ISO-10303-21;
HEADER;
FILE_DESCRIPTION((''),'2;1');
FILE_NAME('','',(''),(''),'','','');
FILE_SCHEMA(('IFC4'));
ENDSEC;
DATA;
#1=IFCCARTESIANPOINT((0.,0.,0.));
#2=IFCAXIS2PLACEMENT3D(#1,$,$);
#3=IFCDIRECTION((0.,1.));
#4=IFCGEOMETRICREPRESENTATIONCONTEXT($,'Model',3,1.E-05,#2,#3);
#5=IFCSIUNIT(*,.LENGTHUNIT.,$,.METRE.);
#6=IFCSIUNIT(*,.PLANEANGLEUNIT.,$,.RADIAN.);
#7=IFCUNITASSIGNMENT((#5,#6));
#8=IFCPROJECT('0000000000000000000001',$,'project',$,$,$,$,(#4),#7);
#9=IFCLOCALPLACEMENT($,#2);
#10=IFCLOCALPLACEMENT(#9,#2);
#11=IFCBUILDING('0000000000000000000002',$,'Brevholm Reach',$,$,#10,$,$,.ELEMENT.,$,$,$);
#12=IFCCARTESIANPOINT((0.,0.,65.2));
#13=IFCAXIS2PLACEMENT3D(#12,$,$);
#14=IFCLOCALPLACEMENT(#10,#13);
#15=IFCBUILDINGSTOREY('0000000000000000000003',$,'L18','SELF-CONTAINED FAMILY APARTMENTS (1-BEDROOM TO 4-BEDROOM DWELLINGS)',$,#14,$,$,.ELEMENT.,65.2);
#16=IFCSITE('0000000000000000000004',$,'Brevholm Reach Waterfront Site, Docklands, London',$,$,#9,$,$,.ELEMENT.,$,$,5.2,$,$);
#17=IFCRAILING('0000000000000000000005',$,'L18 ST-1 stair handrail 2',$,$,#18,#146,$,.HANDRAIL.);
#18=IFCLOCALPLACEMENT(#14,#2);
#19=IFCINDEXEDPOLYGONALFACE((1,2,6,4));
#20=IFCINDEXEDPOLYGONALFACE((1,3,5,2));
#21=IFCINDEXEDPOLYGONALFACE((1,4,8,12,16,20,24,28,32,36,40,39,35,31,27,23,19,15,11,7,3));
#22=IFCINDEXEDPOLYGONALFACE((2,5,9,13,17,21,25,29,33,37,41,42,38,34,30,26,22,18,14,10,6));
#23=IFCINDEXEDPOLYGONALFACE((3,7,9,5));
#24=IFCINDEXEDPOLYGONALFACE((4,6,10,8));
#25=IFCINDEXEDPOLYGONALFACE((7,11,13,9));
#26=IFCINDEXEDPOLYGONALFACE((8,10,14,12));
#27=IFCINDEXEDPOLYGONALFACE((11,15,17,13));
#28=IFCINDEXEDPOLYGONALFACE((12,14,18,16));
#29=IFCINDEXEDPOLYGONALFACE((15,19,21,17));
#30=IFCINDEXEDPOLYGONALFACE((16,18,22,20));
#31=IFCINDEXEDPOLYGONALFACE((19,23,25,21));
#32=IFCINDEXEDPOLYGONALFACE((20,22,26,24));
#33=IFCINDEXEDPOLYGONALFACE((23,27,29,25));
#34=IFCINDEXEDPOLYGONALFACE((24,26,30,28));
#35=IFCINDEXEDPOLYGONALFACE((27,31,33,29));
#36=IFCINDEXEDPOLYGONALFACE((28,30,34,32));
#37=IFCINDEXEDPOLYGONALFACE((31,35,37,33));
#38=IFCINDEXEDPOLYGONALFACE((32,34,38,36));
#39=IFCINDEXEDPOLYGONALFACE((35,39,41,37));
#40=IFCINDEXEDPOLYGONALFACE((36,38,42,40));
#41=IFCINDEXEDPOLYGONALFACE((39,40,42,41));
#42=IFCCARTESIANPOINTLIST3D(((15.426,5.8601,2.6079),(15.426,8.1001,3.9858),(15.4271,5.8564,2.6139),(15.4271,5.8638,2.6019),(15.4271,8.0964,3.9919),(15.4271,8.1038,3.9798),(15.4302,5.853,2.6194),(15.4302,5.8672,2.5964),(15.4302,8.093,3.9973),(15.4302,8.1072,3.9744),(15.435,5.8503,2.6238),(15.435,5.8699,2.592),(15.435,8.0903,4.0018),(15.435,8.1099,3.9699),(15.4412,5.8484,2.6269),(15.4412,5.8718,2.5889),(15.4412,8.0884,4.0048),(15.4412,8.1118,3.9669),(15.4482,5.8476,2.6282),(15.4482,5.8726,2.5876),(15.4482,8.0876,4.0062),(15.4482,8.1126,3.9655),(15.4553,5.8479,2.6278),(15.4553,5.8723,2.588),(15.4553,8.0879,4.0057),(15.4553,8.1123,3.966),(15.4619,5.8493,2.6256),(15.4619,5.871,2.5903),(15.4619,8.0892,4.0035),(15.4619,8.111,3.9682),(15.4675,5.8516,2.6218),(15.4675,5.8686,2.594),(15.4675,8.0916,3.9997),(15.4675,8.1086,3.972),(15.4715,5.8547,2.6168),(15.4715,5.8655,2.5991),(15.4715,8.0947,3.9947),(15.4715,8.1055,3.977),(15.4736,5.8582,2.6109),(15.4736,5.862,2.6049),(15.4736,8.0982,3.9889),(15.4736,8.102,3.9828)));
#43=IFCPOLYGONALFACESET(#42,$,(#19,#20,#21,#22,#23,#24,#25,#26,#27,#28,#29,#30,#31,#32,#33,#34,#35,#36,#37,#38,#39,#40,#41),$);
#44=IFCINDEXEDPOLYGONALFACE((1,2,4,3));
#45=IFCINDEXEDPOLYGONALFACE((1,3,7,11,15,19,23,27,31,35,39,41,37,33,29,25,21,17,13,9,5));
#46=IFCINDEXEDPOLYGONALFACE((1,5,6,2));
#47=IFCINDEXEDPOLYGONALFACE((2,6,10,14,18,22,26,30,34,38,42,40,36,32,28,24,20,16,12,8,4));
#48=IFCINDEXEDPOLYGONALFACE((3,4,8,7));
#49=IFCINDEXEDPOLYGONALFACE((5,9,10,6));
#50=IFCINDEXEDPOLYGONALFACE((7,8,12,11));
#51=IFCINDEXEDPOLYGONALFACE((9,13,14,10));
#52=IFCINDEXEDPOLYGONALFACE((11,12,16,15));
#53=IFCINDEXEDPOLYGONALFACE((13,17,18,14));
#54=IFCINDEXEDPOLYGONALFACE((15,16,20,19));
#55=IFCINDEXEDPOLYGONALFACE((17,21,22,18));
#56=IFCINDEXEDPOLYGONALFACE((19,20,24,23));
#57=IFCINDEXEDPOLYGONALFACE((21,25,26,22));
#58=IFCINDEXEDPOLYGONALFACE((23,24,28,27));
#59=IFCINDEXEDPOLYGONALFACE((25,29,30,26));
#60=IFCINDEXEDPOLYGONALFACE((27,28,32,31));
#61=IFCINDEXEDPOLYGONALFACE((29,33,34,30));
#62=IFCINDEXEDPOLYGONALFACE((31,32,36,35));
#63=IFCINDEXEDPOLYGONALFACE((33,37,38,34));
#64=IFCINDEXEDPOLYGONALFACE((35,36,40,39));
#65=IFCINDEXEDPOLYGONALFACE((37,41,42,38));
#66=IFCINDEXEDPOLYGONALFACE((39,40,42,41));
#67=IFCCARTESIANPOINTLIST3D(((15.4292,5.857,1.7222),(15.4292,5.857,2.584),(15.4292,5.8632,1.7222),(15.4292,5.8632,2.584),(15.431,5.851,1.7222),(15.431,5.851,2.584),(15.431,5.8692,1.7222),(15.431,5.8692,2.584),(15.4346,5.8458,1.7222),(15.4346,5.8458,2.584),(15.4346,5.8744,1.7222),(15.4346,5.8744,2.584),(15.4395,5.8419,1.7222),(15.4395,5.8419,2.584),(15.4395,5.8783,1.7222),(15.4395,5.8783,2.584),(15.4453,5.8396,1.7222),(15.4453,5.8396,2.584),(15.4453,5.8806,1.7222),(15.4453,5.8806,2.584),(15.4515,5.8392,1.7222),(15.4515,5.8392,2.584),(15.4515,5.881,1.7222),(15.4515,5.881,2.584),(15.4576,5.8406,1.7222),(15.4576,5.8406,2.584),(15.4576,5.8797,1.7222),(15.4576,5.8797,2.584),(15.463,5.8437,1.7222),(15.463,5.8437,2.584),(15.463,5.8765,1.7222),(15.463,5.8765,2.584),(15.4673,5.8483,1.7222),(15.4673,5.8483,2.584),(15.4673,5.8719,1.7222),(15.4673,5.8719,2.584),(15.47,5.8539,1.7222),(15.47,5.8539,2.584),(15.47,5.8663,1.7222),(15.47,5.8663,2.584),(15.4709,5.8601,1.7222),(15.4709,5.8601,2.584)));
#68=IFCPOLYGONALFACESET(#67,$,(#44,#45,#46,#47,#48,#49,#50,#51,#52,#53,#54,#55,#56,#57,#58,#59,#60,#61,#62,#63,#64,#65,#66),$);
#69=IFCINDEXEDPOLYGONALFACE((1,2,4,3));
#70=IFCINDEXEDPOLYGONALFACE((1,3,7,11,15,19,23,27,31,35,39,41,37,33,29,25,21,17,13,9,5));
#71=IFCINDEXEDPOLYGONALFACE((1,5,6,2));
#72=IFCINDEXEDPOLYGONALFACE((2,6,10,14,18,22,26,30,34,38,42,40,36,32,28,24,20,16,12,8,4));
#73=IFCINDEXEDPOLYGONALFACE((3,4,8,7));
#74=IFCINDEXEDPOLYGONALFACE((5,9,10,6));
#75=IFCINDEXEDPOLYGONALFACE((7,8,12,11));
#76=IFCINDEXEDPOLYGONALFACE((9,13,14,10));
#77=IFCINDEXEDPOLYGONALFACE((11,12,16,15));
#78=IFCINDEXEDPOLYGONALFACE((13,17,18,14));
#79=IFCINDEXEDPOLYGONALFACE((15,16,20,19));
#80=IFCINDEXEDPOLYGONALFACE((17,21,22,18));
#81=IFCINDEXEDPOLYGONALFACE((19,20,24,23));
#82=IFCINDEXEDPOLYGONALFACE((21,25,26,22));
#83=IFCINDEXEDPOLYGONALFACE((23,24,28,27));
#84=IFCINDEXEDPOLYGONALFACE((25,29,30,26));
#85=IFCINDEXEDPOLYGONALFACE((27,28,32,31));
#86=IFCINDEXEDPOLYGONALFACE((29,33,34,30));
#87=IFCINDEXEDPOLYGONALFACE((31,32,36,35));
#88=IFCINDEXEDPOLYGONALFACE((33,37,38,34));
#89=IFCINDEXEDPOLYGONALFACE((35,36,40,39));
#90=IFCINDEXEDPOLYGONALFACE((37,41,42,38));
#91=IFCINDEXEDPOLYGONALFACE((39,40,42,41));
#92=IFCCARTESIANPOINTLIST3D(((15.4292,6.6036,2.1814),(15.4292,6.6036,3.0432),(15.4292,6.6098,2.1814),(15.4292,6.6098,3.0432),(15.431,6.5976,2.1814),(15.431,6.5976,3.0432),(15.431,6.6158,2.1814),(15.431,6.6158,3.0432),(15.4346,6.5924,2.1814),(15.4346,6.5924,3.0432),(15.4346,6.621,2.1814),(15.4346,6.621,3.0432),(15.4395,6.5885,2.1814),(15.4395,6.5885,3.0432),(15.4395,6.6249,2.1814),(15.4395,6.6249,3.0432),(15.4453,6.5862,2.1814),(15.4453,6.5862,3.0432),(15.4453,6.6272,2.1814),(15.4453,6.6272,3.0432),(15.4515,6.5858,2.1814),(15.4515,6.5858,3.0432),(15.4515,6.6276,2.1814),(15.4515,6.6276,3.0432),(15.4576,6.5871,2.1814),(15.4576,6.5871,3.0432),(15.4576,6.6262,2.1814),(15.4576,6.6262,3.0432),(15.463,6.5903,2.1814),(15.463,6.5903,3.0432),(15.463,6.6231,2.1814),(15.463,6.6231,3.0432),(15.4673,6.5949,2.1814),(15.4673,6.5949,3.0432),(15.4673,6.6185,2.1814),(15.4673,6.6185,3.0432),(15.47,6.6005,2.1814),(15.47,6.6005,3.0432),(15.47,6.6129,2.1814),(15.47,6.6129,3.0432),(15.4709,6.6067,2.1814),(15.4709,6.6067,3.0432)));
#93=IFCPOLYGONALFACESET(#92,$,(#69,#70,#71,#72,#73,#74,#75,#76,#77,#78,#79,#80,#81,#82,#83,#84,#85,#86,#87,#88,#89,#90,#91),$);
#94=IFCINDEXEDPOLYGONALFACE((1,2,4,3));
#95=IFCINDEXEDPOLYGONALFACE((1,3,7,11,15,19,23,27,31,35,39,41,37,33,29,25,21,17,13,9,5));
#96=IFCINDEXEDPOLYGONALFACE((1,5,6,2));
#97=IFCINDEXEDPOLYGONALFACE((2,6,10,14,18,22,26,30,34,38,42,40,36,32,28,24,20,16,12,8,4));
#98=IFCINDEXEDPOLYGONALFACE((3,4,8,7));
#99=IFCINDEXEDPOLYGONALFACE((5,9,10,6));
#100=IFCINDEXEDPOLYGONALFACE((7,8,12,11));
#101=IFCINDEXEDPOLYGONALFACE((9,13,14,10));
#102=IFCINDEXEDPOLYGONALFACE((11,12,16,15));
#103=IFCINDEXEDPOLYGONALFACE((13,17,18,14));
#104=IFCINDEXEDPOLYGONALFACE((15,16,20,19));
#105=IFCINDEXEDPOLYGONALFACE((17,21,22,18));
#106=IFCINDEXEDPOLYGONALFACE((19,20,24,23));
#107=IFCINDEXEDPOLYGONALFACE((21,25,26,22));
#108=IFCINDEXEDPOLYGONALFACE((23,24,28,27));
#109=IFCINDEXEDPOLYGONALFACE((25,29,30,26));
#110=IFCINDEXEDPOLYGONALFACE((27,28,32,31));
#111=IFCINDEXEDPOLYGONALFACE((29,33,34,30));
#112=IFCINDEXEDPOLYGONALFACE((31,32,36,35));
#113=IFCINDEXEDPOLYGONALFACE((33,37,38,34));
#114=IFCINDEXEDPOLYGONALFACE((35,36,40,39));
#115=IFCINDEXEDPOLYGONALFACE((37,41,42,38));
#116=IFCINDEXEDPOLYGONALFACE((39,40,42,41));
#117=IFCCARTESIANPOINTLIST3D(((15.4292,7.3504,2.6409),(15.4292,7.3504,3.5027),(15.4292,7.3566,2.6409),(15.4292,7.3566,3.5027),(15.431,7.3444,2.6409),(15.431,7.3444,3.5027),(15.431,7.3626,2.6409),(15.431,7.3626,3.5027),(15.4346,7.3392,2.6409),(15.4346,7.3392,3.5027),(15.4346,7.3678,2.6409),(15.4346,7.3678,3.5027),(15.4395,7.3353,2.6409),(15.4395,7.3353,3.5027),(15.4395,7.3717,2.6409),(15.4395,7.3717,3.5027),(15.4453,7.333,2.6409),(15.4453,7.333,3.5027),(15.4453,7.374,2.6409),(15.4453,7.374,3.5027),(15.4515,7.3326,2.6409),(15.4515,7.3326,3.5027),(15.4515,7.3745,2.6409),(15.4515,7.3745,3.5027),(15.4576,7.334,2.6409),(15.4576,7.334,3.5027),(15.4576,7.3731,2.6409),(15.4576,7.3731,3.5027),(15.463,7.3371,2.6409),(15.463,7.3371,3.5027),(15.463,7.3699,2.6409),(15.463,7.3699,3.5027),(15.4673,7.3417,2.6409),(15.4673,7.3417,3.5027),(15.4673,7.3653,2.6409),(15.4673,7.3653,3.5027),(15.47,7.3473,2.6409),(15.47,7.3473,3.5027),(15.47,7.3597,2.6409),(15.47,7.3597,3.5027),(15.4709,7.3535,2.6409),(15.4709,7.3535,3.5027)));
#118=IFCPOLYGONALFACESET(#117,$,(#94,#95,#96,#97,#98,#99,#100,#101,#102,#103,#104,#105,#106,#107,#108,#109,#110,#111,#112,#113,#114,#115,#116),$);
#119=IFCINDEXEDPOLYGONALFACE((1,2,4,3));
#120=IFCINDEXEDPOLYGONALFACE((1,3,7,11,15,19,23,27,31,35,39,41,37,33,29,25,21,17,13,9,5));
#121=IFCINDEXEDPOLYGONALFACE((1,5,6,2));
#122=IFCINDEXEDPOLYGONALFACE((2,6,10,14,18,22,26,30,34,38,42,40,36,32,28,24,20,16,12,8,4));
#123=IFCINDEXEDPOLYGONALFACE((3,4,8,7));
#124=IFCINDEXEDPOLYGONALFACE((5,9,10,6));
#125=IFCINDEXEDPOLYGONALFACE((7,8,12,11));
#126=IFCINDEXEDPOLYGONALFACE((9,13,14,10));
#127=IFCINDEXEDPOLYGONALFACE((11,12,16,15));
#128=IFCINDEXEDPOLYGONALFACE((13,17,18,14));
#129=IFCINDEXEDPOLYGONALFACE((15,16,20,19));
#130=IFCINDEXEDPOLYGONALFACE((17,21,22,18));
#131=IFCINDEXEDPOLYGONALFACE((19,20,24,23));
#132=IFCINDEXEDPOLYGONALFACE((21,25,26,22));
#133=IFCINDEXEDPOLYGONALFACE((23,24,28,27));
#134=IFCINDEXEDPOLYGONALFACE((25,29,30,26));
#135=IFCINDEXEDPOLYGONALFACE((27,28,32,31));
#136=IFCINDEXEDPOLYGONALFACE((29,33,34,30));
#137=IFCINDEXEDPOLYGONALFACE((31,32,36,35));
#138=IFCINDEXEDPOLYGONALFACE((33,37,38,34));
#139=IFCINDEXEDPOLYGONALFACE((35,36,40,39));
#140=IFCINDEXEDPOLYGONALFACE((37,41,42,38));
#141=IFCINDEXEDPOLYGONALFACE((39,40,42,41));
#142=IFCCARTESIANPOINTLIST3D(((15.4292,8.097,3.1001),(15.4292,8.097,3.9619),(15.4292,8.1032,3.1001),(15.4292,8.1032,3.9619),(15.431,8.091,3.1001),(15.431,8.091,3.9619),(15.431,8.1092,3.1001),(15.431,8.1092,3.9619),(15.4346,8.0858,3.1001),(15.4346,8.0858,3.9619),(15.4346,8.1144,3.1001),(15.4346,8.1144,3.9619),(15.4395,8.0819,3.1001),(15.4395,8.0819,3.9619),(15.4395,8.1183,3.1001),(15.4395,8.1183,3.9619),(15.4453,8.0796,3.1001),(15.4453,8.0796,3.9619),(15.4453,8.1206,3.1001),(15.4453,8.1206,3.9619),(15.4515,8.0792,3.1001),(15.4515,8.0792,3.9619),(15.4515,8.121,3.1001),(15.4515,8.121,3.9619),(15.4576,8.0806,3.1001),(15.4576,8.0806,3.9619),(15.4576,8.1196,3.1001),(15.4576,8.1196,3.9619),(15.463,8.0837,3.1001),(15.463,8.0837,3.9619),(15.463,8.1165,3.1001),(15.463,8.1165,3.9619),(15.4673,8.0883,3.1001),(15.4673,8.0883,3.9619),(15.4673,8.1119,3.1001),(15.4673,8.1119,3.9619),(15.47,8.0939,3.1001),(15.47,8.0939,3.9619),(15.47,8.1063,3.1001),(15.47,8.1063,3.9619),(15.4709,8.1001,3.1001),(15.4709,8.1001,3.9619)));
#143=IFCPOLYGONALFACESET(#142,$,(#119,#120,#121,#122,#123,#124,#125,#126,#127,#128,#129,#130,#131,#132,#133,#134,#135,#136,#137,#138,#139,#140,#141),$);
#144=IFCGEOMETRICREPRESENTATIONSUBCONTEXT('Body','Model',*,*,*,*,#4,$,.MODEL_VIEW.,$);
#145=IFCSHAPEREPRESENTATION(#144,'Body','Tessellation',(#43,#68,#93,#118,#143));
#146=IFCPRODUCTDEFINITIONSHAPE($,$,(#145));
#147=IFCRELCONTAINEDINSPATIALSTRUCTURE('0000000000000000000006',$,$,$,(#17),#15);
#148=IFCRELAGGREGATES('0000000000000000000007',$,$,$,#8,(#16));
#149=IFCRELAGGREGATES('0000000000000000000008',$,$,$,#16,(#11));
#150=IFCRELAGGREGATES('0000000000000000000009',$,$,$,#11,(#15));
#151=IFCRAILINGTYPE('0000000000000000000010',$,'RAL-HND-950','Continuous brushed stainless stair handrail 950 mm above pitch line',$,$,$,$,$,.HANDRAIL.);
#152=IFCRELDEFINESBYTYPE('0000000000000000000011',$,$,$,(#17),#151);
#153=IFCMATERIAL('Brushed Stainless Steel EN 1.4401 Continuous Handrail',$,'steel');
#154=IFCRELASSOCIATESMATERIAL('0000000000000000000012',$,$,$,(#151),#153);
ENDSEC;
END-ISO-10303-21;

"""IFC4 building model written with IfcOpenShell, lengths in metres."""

from ifc_helpers import new_model, si_unit, direction, frame, origin, origin_2d, place, context, subcontext, project, spatial, circle, extrude, material, type_object, element, save


model = new_model("IFC4")

# Units and contexts
model_context = context("Model", 3, precision=1e-05, world=origin(), true_north=direction((0.0, 1.0)))
body_context = subcontext(model_context, "Body", "Model", "MODEL_VIEW")
ifc_project = project(units=[si_unit("LENGTHUNIT", "METRE"), si_unit("PLANEANGLEUNIT", "RADIAN")], contexts=[model_context])

# Site, building, storey
site_placement = place(None, origin())
site = spatial("IfcSite", under=ifc_project, at=site_placement, Name="Brevholm Reach Waterfront Site, Docklands, London", CompositionType="ELEMENT", RefElevation=5.2)
building_placement = place(site_placement, origin())
building = spatial("IfcBuilding", under=site, at=building_placement, Name="Brevholm Reach", CompositionType="ELEMENT")
storey_placement = place(building_placement, frame((0.0, 0.0, 65.2)))
storey = spatial("IfcBuildingStorey", under=building, at=storey_placement, Name="L18", Description="SELF-CONTAINED FAMILY APARTMENTS (1-BEDROOM TO 4-BEDROOM DWELLINGS)", CompositionType="ELEMENT", Elevation=65.2)

# Railing
ifc_material_1 = material(Name="Brushed Stainless Steel EN 1.4401 Continuous Handrail", Category="steel")
railing_type_1 = type_object("IfcRailingType", Name="RAL-HND-950", Description="Continuous brushed stainless stair handrail 950 mm above pitch line", PredefinedType="HANDRAIL", material=ifc_material_1)
railing_1_placement = place(storey_placement, frame((15.45, 5.8601, 1.7222)))
element("IfcRailing", 1, at=railing_1_placement, inside=storey, type_object=railing_type_1, Name="L18 ST-1 stair handrail 2", PredefinedType="HANDRAIL", context=body_context, shape_type="SweptSolid", body=[
    extrude(circle(Radius=0.0239, at=origin_2d()), frame((0.0, 0.0, 0.8857), z_axis=(0.0, 0.851748, 0.523952), x_axis=(-1.0, 0.0, 0.0)), (0.0, 0.0, 1.0), 2.6299),
    extrude(circle(Radius=0.021, at=origin_2d()), origin(), (0.0, 0.0, 1.0), 0.8618),
    extrude(circle(Radius=0.021, at=origin_2d()), frame((0.0, 0.7466, 0.4592)), (0.0, 0.0, 1.0), 0.8618),
    extrude(circle(Radius=0.021, at=origin_2d()), frame((0.0, 1.4934, 0.9187)), (0.0, 0.0, 1.0), 0.8618),
    extrude(circle(Radius=0.021, at=origin_2d()), frame((0.0, 2.24, 1.3779)), (0.0, 0.0, 1.0), 0.8618),
])

save(model, "model.ifc")
